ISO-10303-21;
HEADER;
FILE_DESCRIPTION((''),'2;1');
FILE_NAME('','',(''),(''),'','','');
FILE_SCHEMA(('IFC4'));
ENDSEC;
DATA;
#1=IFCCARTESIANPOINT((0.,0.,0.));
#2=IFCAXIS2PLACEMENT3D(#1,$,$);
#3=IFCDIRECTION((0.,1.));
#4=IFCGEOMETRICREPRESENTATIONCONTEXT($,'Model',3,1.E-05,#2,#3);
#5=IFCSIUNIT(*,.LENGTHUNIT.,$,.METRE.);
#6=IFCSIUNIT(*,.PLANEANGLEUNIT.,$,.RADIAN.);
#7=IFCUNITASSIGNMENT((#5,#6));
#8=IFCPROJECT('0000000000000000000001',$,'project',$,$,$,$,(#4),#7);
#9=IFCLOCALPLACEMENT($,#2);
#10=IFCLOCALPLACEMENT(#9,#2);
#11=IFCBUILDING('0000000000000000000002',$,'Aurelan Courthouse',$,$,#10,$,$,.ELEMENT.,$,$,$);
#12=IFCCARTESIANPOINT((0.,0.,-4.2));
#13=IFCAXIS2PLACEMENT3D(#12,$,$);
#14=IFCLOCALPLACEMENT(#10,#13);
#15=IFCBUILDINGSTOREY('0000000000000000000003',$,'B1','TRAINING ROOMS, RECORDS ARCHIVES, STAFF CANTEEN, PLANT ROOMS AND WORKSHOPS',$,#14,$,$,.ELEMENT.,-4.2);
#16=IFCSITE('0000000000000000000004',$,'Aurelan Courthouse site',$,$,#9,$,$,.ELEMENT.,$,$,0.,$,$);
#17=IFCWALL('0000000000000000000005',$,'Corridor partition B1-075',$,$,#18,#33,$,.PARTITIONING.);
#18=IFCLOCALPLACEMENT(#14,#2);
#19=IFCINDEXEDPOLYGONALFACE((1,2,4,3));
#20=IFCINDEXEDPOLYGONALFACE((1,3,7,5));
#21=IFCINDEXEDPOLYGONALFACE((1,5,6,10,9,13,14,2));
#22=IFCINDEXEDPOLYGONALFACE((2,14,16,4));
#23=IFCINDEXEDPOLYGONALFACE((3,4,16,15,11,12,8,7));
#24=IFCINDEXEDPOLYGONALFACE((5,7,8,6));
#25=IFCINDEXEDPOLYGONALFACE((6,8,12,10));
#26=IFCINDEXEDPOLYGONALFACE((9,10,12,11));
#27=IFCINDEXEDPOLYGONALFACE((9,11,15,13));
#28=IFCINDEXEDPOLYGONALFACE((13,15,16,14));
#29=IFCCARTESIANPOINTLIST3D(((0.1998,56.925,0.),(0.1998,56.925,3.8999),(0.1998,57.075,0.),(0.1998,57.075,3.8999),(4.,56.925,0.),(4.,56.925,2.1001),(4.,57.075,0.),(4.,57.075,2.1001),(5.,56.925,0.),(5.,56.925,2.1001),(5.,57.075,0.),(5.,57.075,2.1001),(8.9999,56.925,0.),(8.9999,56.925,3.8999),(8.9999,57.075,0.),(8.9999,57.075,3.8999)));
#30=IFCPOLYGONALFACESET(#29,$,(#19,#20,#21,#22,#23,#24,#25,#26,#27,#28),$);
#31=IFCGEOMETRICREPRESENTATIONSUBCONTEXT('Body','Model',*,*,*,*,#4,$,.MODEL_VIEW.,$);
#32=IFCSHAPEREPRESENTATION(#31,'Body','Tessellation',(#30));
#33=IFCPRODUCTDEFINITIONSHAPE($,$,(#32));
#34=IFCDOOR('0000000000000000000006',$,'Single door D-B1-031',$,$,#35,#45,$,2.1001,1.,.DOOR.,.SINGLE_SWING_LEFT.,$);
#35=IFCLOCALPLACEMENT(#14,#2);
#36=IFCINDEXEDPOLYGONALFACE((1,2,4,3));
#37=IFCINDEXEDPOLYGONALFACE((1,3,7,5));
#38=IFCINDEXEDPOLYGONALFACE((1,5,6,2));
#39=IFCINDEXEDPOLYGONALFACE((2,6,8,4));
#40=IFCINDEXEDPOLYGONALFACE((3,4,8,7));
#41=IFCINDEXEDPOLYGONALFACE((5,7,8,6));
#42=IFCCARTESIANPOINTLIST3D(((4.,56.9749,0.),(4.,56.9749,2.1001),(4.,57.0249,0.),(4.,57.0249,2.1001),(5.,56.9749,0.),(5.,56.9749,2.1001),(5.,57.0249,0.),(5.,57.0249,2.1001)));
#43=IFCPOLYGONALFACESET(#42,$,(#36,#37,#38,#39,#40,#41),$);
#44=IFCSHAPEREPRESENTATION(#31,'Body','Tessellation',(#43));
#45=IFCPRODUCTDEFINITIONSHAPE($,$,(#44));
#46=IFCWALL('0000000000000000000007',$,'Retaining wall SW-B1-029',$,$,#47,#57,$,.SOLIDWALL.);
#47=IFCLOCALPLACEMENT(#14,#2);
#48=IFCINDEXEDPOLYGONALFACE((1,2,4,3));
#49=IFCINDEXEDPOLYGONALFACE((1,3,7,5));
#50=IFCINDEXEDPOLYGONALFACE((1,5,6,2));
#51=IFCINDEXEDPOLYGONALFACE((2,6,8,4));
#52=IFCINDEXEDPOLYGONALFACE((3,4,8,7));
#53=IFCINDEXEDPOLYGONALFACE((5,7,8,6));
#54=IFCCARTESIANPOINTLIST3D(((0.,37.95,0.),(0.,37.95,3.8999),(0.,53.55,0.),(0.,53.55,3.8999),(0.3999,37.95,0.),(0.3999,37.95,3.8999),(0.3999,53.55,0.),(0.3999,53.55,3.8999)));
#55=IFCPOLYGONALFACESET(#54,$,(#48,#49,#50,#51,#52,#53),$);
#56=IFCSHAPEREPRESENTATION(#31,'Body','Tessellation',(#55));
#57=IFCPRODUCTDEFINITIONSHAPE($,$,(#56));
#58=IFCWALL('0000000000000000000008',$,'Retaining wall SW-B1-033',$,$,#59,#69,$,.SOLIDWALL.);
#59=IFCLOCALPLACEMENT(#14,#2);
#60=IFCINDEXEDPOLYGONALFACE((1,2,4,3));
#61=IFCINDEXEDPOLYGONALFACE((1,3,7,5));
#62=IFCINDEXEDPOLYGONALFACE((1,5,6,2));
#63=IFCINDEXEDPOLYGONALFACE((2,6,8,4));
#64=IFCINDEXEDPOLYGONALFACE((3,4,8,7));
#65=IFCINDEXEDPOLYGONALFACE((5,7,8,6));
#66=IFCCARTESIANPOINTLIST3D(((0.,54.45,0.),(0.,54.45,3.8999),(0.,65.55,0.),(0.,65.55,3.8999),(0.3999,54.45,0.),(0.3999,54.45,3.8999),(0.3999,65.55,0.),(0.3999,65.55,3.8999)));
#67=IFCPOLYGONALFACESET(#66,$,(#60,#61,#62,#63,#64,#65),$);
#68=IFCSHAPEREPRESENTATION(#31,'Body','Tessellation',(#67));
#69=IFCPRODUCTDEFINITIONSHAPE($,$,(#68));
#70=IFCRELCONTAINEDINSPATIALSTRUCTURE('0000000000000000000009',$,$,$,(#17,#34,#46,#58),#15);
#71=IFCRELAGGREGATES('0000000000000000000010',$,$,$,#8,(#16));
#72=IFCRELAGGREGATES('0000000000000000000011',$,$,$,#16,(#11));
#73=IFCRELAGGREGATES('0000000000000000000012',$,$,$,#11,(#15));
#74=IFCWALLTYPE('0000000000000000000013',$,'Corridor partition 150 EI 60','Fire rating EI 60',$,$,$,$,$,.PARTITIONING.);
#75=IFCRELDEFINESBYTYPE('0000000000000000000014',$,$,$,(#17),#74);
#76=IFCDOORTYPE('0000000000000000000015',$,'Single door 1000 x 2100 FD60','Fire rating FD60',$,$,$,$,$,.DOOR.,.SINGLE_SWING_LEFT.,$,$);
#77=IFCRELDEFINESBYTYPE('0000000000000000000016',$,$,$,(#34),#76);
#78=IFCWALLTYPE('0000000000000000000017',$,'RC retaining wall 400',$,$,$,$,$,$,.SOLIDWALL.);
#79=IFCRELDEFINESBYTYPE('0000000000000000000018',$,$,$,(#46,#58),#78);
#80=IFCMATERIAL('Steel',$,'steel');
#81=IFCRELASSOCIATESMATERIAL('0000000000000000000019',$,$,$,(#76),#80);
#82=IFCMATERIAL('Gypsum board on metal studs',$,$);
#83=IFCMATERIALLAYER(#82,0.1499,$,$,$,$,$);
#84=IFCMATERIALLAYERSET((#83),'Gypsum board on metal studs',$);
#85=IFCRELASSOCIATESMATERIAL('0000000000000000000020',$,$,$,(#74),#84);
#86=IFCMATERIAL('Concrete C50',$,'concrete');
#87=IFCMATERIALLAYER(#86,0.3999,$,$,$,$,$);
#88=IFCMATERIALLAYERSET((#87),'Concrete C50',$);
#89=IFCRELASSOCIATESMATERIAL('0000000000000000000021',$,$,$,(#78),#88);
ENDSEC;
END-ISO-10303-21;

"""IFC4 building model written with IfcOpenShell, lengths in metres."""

from ifc_helpers import new_model, si_unit, direction, frame, frame_2d, origin, place, context, subcontext, project, spatial, rectangle, extrude, material, layer, layer_set, type_object, element, fill, save


model = new_model("IFC4")

# Units and contexts
model_context = context("Model", 3, precision=1e-05, world=origin(), true_north=direction((0.0, 1.0)))
body_context = subcontext(model_context, "Body", "Model", "MODEL_VIEW")
ifc_project = project(units=[si_unit("LENGTHUNIT", "METRE"), si_unit("PLANEANGLEUNIT", "RADIAN")], contexts=[model_context])

# Site, building, storey
site_placement = place(None, origin())
site = spatial("IfcSite", under=ifc_project, at=site_placement, Name="Aurelan Courthouse site", CompositionType="ELEMENT", RefElevation=0.0)
building_placement = place(site_placement, origin())
building = spatial("IfcBuilding", under=site, at=building_placement, Name="Aurelan Courthouse", CompositionType="ELEMENT")
storey_placement = place(building_placement, frame((0.0, 0.0, -4.2)))
storey = spatial("IfcBuildingStorey", under=building, at=storey_placement, Name="B1", Description="TRAINING ROOMS, RECORDS ARCHIVES, STAFF CANTEEN, PLANT ROOMS AND WORKSHOPS", CompositionType="ELEMENT", Elevation=-4.2)

# Shared definitions
ifc_material_1 = material(Name="Concrete C50", Category="concrete")

# Wall, opening, door
ifc_material_2 = material(Name="Steel", Category="steel")
door_type_1 = type_object("IfcDoorType", Name="Single door 1000 x 2100 FD60", Description="Fire rating FD60", OperationType="SINGLE_SWING_LEFT", PredefinedType="DOOR", material=ifc_material_2)
ifc_material_3 = material(Name="Gypsum board on metal studs")
ifc_layer_1 = layer(ifc_material_3, 0.1499)
ifc_layer_set_1 = layer_set([ifc_layer_1], Name="Gypsum board on metal studs")
wall_type_1 = type_object("IfcWallType", Name="Corridor partition 150 EI 60", Description="Fire rating EI 60", PredefinedType="PARTITIONING", material=ifc_layer_set_1)
wall_1_placement = place(storey_placement, frame((0.2, 57.0, 0.0), z_axis=(0.0, 0.0, 1.0), x_axis=(1.0, 0.0, 0.0)))
wall_1 = element("IfcWall", 1, at=wall_1_placement, inside=storey, type_object=wall_type_1, Name="Corridor partition B1-075", PredefinedType="PARTITIONING", context=body_context, shape_type="SweptSolid", body=[
    extrude(rectangle(XDim=8.8, YDim=0.1499, at=frame_2d((4.3999, 0.0))), origin(), (0.0, 0.0, 1.0), 3.8999),
])
opening_1_placement = place(wall_1_placement, frame((3.8, 0.0, 0.0)))
opening_1 = element("IfcOpeningElement", 2, at=opening_1_placement, cuts=wall_1, PredefinedType="OPENING", context=body_context, shape_type="SweptSolid", body=[
    extrude(rectangle(XDim=1.0, YDim=2.1001, at=frame_2d((0.5, 1.05))), frame((0.0, 0.085, 0.0), z_axis=(0.0, -1.0, 0.0), x_axis=(1.0, 0.0, 0.0)), (0.0, 0.0, 1.0), 0.1699),
])
door_1_placement = place(opening_1_placement, origin())
door_1 = element("IfcDoor", 3, at=door_1_placement, inside=storey, type_object=door_type_1, Name="Single door D-B1-031", OperationType="SINGLE_SWING_LEFT", OverallHeight=2.1001, OverallWidth=1.0, PredefinedType="DOOR", context=body_context, shape_type="SweptSolid", body=[
    extrude(rectangle(XDim=1.0, YDim=2.1001, at=frame_2d((0.5, 1.05))), frame((0.0, 0.0249, 0.0), z_axis=(0.0, -1.0, 0.0), x_axis=(1.0, 0.0, 0.0)), (0.0, 0.0, 1.0), 0.05),
])
fill(opening_1, door_1)

# Walls
ifc_layer_2 = layer(ifc_material_1, 0.3999)
ifc_layer_set_2 = layer_set([ifc_layer_2], Name="Concrete C50")
wall_type_2 = type_object("IfcWallType", Name="RC retaining wall 400", PredefinedType="SOLIDWALL", material=ifc_layer_set_2)
wall_2_placement = place(storey_placement, frame((0.2, 37.95, 0.0), z_axis=(0.0, 0.0, 1.0), x_axis=(0.0, 1.0, 0.0)))
element("IfcWall", 4, at=wall_2_placement, inside=storey, type_object=wall_type_2, Name="Retaining wall SW-B1-029", PredefinedType="SOLIDWALL", context=body_context, shape_type="SweptSolid", body=[
    extrude(rectangle(XDim=15.6001, YDim=0.3999, at=frame_2d((7.8, 0.0))), origin(), (0.0, 0.0, 1.0), 3.8999),
])
wall_3_placement = place(storey_placement, frame((0.2, 54.45, 0.0), z_axis=(0.0, 0.0, 1.0), x_axis=(0.0, 1.0, 0.0)))
element("IfcWall", 5, at=wall_3_placement, inside=storey, type_object=wall_type_2, Name="Retaining wall SW-B1-033", PredefinedType="SOLIDWALL", context=body_context, shape_type="SweptSolid", body=[
    extrude(rectangle(XDim=11.1001, YDim=0.3999, at=frame_2d((5.55, 0.0))), origin(), (0.0, 0.0, 1.0), 3.8999),
])

save(model, "model.ifc")
